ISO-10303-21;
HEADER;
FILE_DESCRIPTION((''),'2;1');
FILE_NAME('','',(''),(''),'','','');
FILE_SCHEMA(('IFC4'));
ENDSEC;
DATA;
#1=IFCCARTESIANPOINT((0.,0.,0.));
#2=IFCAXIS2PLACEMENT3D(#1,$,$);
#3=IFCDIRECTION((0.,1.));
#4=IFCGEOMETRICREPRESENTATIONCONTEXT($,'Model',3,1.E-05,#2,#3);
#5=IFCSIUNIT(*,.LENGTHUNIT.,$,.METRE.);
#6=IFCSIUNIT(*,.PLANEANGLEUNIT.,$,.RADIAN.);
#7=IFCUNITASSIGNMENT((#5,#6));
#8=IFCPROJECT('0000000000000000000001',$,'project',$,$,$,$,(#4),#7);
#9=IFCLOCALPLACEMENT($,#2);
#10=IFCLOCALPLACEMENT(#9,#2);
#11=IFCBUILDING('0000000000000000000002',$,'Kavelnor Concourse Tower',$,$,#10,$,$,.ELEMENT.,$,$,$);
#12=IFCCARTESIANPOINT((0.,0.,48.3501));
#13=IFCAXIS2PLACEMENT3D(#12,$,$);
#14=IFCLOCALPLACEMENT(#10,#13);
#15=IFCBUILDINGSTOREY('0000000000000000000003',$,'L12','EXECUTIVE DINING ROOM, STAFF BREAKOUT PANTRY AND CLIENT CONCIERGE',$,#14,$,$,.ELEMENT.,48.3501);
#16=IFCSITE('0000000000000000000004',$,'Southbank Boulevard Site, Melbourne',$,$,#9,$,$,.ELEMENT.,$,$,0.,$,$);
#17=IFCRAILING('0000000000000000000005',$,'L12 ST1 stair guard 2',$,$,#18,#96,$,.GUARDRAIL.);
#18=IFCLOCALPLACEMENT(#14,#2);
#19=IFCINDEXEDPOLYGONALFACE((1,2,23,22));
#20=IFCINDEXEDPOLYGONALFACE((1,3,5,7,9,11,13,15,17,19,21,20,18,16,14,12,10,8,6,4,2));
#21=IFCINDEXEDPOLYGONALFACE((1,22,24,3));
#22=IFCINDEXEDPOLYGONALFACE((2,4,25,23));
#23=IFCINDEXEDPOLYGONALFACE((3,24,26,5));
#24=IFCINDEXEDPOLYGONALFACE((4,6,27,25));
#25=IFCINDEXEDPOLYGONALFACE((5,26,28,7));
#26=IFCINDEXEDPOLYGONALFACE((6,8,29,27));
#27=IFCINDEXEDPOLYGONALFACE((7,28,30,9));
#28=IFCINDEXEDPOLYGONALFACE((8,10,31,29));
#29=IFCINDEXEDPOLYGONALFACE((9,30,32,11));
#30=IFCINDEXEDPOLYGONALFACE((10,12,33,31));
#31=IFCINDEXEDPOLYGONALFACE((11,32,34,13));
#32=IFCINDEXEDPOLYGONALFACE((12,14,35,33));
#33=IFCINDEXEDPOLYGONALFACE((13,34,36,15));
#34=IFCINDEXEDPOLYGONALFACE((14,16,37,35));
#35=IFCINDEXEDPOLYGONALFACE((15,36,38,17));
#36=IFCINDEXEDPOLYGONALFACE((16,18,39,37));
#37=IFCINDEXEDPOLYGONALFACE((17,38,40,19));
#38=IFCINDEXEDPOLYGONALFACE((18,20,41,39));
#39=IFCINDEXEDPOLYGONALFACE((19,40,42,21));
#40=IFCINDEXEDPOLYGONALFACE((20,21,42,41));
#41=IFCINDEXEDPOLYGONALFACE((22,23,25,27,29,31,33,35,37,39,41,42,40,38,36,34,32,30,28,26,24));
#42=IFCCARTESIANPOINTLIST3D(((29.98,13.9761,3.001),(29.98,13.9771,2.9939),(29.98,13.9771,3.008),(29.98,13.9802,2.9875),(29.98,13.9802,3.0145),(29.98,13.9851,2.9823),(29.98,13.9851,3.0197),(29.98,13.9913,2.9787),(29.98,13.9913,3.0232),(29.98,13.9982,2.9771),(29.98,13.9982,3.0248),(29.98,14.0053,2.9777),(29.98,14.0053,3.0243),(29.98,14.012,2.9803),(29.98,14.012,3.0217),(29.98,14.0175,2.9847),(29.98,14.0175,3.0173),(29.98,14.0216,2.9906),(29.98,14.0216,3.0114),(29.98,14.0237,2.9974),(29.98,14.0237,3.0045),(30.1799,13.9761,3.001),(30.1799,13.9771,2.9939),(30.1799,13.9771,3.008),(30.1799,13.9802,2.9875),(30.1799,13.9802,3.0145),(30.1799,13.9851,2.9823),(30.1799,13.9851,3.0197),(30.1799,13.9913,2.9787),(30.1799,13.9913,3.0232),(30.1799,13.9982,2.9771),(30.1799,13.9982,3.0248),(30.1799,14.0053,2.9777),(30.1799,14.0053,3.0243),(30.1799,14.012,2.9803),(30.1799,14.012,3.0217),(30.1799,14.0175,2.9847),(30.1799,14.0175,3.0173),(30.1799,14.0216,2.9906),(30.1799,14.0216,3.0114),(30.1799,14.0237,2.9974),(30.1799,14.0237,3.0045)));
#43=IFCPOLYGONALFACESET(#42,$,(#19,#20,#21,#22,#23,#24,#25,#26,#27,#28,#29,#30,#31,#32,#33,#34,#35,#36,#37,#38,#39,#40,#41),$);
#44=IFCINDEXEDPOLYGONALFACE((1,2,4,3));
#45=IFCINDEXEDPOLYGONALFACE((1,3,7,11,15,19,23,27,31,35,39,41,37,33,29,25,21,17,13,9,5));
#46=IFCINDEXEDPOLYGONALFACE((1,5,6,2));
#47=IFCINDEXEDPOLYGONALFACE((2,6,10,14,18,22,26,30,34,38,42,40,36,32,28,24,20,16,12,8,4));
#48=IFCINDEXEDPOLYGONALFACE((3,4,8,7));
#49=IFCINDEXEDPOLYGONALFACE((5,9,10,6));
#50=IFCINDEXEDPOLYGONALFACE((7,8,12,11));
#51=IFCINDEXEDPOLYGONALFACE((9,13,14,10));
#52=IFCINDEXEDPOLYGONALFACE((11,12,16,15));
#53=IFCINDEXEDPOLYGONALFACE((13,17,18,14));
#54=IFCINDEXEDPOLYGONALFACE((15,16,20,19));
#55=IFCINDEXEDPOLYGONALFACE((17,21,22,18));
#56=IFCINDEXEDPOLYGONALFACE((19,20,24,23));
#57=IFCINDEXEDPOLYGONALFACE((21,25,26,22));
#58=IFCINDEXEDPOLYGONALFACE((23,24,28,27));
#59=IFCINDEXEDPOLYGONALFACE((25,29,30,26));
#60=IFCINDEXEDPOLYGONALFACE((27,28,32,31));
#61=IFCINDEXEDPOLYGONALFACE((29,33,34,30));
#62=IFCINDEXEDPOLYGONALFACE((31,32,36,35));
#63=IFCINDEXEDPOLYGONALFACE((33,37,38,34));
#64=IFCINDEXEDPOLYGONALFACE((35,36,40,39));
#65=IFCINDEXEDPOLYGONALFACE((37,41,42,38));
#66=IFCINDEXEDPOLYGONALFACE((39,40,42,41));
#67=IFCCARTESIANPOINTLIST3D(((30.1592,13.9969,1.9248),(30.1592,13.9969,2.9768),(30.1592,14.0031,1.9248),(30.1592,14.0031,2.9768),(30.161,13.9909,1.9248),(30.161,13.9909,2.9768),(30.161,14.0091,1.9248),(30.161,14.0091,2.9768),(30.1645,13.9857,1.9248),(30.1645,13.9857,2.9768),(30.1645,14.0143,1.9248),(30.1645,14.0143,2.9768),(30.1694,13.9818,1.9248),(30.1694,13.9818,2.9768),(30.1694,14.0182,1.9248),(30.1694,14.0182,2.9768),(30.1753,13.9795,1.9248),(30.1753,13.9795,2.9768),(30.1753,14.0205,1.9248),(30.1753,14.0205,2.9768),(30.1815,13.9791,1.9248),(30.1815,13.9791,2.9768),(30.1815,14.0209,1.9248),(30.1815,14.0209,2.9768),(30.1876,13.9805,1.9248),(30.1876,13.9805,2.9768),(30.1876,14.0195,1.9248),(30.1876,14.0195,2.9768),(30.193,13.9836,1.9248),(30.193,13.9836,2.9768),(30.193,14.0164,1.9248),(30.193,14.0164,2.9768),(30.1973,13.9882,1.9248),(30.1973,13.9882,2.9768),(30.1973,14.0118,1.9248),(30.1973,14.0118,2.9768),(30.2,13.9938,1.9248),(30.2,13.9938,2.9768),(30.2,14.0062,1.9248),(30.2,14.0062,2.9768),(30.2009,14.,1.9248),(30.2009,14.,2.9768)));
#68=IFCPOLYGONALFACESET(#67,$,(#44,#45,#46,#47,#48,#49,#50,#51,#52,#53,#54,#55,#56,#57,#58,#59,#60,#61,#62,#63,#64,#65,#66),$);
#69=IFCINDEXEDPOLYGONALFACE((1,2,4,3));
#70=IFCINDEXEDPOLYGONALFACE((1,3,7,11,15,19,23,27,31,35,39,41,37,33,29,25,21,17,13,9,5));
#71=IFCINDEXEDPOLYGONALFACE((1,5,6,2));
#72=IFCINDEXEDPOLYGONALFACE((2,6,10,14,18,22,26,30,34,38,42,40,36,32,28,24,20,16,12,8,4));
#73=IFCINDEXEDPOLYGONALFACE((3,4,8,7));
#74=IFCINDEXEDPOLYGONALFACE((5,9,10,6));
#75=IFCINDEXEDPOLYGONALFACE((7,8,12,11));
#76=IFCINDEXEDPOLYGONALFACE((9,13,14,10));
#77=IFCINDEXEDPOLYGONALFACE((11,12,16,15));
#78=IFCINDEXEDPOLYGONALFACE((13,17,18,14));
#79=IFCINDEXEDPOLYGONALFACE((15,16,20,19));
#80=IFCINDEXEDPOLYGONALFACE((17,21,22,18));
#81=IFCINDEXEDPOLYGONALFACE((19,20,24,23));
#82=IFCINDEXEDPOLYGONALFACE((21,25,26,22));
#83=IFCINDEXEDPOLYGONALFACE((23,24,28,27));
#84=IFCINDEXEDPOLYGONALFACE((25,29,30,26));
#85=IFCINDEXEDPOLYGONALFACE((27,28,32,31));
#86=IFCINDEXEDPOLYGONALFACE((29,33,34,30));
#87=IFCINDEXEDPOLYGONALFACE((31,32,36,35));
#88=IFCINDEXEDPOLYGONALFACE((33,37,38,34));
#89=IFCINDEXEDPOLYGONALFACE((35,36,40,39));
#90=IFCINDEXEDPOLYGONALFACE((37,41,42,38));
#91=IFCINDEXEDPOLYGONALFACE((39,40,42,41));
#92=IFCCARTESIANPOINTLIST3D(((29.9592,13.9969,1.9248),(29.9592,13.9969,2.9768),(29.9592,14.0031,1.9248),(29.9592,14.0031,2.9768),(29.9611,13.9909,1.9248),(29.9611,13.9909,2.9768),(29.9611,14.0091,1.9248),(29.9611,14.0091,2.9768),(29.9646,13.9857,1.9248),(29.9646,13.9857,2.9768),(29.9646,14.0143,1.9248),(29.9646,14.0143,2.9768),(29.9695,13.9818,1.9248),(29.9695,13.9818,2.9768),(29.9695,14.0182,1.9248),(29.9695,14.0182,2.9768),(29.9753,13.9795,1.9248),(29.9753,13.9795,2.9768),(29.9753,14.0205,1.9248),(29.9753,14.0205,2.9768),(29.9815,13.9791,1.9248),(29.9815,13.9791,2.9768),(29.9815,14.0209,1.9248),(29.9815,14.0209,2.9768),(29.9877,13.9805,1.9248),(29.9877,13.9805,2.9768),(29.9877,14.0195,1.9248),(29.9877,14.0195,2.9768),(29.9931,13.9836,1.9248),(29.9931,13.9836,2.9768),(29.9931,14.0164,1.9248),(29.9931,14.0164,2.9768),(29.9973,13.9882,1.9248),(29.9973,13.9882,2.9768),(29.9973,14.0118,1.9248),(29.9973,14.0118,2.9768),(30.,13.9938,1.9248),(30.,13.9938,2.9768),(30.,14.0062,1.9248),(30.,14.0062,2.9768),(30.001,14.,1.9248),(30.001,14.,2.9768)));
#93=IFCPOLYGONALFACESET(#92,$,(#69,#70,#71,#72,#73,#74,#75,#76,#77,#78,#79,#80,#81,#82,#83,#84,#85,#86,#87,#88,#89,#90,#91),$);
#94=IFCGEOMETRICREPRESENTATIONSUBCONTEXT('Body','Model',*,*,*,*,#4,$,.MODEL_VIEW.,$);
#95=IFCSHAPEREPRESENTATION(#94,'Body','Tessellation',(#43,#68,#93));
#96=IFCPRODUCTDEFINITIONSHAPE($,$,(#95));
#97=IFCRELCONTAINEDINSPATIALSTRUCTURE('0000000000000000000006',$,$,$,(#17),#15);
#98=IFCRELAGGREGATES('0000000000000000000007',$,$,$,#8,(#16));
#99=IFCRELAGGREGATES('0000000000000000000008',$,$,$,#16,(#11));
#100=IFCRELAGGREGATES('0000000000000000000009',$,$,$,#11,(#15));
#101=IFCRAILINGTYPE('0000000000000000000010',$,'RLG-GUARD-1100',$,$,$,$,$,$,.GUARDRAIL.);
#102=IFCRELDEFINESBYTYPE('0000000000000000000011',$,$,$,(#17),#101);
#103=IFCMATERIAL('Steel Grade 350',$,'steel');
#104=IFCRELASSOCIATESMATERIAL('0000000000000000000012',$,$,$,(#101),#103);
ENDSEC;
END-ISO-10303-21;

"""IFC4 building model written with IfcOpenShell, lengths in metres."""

from ifc_helpers import new_model, si_unit, direction, frame, origin, origin_2d, place, context, subcontext, project, spatial, circle, extrude, material, type_object, element, save


model = new_model("IFC4")

# Units and contexts
model_context = context("Model", 3, precision=1e-05, world=origin(), true_north=direction((0.0, 1.0)))
body_context = subcontext(model_context, "Body", "Model", "MODEL_VIEW")
ifc_project = project(units=[si_unit("LENGTHUNIT", "METRE"), si_unit("PLANEANGLEUNIT", "RADIAN")], contexts=[model_context])

# Site, building, storey
site_placement = place(None, origin())
site = spatial("IfcSite", under=ifc_project, at=site_placement, Name="Southbank Boulevard Site, Melbourne", CompositionType="ELEMENT", RefElevation=0.0)
building_placement = place(site_placement, origin())
building = spatial("IfcBuilding", under=site, at=building_placement, Name="Kavelnor Concourse Tower", CompositionType="ELEMENT")
storey_placement = place(building_placement, frame((0.0, 0.0, 48.3501)))
storey = spatial("IfcBuildingStorey", under=building, at=storey_placement, Name="L12", Description="EXECUTIVE DINING ROOM, STAFF BREAKOUT PANTRY AND CLIENT CONCIERGE", CompositionType="ELEMENT", Elevation=48.3501)

# Shared definitions
ifc_material_1 = material(Name="Steel Grade 350", Category="steel")

# Railing
railing_type_1 = type_object("IfcRailingType", Name="RLG-GUARD-1100", PredefinedType="GUARDRAIL", material=ifc_material_1)
railing_1_placement = place(storey_placement, frame((30.1799, 14.0, 1.9248)))
element("IfcRailing", 1, at=railing_1_placement, inside=storey, type_object=railing_type_1, Name="L12 ST1 stair guard 2", PredefinedType="GUARDRAIL", context=body_context, shape_type="SweptSolid", body=[
    extrude(circle(Radius=0.0239, at=origin_2d()), frame((0.0, 0.0, 1.0762), z_axis=(-1.0, 0.0, 0.0), x_axis=(0.0, -1.0, 0.0)), (0.0, 0.0, 1.0), 0.2),
    extrude(circle(Radius=0.021, at=origin_2d()), origin(), (0.0, 0.0, 1.0), 1.052),
    extrude(circle(Radius=0.021, at=origin_2d()), frame((-0.2, 0.0, 0.0)), (0.0, 0.0, 1.0), 1.052),
])

save(model, "model.ifc")
